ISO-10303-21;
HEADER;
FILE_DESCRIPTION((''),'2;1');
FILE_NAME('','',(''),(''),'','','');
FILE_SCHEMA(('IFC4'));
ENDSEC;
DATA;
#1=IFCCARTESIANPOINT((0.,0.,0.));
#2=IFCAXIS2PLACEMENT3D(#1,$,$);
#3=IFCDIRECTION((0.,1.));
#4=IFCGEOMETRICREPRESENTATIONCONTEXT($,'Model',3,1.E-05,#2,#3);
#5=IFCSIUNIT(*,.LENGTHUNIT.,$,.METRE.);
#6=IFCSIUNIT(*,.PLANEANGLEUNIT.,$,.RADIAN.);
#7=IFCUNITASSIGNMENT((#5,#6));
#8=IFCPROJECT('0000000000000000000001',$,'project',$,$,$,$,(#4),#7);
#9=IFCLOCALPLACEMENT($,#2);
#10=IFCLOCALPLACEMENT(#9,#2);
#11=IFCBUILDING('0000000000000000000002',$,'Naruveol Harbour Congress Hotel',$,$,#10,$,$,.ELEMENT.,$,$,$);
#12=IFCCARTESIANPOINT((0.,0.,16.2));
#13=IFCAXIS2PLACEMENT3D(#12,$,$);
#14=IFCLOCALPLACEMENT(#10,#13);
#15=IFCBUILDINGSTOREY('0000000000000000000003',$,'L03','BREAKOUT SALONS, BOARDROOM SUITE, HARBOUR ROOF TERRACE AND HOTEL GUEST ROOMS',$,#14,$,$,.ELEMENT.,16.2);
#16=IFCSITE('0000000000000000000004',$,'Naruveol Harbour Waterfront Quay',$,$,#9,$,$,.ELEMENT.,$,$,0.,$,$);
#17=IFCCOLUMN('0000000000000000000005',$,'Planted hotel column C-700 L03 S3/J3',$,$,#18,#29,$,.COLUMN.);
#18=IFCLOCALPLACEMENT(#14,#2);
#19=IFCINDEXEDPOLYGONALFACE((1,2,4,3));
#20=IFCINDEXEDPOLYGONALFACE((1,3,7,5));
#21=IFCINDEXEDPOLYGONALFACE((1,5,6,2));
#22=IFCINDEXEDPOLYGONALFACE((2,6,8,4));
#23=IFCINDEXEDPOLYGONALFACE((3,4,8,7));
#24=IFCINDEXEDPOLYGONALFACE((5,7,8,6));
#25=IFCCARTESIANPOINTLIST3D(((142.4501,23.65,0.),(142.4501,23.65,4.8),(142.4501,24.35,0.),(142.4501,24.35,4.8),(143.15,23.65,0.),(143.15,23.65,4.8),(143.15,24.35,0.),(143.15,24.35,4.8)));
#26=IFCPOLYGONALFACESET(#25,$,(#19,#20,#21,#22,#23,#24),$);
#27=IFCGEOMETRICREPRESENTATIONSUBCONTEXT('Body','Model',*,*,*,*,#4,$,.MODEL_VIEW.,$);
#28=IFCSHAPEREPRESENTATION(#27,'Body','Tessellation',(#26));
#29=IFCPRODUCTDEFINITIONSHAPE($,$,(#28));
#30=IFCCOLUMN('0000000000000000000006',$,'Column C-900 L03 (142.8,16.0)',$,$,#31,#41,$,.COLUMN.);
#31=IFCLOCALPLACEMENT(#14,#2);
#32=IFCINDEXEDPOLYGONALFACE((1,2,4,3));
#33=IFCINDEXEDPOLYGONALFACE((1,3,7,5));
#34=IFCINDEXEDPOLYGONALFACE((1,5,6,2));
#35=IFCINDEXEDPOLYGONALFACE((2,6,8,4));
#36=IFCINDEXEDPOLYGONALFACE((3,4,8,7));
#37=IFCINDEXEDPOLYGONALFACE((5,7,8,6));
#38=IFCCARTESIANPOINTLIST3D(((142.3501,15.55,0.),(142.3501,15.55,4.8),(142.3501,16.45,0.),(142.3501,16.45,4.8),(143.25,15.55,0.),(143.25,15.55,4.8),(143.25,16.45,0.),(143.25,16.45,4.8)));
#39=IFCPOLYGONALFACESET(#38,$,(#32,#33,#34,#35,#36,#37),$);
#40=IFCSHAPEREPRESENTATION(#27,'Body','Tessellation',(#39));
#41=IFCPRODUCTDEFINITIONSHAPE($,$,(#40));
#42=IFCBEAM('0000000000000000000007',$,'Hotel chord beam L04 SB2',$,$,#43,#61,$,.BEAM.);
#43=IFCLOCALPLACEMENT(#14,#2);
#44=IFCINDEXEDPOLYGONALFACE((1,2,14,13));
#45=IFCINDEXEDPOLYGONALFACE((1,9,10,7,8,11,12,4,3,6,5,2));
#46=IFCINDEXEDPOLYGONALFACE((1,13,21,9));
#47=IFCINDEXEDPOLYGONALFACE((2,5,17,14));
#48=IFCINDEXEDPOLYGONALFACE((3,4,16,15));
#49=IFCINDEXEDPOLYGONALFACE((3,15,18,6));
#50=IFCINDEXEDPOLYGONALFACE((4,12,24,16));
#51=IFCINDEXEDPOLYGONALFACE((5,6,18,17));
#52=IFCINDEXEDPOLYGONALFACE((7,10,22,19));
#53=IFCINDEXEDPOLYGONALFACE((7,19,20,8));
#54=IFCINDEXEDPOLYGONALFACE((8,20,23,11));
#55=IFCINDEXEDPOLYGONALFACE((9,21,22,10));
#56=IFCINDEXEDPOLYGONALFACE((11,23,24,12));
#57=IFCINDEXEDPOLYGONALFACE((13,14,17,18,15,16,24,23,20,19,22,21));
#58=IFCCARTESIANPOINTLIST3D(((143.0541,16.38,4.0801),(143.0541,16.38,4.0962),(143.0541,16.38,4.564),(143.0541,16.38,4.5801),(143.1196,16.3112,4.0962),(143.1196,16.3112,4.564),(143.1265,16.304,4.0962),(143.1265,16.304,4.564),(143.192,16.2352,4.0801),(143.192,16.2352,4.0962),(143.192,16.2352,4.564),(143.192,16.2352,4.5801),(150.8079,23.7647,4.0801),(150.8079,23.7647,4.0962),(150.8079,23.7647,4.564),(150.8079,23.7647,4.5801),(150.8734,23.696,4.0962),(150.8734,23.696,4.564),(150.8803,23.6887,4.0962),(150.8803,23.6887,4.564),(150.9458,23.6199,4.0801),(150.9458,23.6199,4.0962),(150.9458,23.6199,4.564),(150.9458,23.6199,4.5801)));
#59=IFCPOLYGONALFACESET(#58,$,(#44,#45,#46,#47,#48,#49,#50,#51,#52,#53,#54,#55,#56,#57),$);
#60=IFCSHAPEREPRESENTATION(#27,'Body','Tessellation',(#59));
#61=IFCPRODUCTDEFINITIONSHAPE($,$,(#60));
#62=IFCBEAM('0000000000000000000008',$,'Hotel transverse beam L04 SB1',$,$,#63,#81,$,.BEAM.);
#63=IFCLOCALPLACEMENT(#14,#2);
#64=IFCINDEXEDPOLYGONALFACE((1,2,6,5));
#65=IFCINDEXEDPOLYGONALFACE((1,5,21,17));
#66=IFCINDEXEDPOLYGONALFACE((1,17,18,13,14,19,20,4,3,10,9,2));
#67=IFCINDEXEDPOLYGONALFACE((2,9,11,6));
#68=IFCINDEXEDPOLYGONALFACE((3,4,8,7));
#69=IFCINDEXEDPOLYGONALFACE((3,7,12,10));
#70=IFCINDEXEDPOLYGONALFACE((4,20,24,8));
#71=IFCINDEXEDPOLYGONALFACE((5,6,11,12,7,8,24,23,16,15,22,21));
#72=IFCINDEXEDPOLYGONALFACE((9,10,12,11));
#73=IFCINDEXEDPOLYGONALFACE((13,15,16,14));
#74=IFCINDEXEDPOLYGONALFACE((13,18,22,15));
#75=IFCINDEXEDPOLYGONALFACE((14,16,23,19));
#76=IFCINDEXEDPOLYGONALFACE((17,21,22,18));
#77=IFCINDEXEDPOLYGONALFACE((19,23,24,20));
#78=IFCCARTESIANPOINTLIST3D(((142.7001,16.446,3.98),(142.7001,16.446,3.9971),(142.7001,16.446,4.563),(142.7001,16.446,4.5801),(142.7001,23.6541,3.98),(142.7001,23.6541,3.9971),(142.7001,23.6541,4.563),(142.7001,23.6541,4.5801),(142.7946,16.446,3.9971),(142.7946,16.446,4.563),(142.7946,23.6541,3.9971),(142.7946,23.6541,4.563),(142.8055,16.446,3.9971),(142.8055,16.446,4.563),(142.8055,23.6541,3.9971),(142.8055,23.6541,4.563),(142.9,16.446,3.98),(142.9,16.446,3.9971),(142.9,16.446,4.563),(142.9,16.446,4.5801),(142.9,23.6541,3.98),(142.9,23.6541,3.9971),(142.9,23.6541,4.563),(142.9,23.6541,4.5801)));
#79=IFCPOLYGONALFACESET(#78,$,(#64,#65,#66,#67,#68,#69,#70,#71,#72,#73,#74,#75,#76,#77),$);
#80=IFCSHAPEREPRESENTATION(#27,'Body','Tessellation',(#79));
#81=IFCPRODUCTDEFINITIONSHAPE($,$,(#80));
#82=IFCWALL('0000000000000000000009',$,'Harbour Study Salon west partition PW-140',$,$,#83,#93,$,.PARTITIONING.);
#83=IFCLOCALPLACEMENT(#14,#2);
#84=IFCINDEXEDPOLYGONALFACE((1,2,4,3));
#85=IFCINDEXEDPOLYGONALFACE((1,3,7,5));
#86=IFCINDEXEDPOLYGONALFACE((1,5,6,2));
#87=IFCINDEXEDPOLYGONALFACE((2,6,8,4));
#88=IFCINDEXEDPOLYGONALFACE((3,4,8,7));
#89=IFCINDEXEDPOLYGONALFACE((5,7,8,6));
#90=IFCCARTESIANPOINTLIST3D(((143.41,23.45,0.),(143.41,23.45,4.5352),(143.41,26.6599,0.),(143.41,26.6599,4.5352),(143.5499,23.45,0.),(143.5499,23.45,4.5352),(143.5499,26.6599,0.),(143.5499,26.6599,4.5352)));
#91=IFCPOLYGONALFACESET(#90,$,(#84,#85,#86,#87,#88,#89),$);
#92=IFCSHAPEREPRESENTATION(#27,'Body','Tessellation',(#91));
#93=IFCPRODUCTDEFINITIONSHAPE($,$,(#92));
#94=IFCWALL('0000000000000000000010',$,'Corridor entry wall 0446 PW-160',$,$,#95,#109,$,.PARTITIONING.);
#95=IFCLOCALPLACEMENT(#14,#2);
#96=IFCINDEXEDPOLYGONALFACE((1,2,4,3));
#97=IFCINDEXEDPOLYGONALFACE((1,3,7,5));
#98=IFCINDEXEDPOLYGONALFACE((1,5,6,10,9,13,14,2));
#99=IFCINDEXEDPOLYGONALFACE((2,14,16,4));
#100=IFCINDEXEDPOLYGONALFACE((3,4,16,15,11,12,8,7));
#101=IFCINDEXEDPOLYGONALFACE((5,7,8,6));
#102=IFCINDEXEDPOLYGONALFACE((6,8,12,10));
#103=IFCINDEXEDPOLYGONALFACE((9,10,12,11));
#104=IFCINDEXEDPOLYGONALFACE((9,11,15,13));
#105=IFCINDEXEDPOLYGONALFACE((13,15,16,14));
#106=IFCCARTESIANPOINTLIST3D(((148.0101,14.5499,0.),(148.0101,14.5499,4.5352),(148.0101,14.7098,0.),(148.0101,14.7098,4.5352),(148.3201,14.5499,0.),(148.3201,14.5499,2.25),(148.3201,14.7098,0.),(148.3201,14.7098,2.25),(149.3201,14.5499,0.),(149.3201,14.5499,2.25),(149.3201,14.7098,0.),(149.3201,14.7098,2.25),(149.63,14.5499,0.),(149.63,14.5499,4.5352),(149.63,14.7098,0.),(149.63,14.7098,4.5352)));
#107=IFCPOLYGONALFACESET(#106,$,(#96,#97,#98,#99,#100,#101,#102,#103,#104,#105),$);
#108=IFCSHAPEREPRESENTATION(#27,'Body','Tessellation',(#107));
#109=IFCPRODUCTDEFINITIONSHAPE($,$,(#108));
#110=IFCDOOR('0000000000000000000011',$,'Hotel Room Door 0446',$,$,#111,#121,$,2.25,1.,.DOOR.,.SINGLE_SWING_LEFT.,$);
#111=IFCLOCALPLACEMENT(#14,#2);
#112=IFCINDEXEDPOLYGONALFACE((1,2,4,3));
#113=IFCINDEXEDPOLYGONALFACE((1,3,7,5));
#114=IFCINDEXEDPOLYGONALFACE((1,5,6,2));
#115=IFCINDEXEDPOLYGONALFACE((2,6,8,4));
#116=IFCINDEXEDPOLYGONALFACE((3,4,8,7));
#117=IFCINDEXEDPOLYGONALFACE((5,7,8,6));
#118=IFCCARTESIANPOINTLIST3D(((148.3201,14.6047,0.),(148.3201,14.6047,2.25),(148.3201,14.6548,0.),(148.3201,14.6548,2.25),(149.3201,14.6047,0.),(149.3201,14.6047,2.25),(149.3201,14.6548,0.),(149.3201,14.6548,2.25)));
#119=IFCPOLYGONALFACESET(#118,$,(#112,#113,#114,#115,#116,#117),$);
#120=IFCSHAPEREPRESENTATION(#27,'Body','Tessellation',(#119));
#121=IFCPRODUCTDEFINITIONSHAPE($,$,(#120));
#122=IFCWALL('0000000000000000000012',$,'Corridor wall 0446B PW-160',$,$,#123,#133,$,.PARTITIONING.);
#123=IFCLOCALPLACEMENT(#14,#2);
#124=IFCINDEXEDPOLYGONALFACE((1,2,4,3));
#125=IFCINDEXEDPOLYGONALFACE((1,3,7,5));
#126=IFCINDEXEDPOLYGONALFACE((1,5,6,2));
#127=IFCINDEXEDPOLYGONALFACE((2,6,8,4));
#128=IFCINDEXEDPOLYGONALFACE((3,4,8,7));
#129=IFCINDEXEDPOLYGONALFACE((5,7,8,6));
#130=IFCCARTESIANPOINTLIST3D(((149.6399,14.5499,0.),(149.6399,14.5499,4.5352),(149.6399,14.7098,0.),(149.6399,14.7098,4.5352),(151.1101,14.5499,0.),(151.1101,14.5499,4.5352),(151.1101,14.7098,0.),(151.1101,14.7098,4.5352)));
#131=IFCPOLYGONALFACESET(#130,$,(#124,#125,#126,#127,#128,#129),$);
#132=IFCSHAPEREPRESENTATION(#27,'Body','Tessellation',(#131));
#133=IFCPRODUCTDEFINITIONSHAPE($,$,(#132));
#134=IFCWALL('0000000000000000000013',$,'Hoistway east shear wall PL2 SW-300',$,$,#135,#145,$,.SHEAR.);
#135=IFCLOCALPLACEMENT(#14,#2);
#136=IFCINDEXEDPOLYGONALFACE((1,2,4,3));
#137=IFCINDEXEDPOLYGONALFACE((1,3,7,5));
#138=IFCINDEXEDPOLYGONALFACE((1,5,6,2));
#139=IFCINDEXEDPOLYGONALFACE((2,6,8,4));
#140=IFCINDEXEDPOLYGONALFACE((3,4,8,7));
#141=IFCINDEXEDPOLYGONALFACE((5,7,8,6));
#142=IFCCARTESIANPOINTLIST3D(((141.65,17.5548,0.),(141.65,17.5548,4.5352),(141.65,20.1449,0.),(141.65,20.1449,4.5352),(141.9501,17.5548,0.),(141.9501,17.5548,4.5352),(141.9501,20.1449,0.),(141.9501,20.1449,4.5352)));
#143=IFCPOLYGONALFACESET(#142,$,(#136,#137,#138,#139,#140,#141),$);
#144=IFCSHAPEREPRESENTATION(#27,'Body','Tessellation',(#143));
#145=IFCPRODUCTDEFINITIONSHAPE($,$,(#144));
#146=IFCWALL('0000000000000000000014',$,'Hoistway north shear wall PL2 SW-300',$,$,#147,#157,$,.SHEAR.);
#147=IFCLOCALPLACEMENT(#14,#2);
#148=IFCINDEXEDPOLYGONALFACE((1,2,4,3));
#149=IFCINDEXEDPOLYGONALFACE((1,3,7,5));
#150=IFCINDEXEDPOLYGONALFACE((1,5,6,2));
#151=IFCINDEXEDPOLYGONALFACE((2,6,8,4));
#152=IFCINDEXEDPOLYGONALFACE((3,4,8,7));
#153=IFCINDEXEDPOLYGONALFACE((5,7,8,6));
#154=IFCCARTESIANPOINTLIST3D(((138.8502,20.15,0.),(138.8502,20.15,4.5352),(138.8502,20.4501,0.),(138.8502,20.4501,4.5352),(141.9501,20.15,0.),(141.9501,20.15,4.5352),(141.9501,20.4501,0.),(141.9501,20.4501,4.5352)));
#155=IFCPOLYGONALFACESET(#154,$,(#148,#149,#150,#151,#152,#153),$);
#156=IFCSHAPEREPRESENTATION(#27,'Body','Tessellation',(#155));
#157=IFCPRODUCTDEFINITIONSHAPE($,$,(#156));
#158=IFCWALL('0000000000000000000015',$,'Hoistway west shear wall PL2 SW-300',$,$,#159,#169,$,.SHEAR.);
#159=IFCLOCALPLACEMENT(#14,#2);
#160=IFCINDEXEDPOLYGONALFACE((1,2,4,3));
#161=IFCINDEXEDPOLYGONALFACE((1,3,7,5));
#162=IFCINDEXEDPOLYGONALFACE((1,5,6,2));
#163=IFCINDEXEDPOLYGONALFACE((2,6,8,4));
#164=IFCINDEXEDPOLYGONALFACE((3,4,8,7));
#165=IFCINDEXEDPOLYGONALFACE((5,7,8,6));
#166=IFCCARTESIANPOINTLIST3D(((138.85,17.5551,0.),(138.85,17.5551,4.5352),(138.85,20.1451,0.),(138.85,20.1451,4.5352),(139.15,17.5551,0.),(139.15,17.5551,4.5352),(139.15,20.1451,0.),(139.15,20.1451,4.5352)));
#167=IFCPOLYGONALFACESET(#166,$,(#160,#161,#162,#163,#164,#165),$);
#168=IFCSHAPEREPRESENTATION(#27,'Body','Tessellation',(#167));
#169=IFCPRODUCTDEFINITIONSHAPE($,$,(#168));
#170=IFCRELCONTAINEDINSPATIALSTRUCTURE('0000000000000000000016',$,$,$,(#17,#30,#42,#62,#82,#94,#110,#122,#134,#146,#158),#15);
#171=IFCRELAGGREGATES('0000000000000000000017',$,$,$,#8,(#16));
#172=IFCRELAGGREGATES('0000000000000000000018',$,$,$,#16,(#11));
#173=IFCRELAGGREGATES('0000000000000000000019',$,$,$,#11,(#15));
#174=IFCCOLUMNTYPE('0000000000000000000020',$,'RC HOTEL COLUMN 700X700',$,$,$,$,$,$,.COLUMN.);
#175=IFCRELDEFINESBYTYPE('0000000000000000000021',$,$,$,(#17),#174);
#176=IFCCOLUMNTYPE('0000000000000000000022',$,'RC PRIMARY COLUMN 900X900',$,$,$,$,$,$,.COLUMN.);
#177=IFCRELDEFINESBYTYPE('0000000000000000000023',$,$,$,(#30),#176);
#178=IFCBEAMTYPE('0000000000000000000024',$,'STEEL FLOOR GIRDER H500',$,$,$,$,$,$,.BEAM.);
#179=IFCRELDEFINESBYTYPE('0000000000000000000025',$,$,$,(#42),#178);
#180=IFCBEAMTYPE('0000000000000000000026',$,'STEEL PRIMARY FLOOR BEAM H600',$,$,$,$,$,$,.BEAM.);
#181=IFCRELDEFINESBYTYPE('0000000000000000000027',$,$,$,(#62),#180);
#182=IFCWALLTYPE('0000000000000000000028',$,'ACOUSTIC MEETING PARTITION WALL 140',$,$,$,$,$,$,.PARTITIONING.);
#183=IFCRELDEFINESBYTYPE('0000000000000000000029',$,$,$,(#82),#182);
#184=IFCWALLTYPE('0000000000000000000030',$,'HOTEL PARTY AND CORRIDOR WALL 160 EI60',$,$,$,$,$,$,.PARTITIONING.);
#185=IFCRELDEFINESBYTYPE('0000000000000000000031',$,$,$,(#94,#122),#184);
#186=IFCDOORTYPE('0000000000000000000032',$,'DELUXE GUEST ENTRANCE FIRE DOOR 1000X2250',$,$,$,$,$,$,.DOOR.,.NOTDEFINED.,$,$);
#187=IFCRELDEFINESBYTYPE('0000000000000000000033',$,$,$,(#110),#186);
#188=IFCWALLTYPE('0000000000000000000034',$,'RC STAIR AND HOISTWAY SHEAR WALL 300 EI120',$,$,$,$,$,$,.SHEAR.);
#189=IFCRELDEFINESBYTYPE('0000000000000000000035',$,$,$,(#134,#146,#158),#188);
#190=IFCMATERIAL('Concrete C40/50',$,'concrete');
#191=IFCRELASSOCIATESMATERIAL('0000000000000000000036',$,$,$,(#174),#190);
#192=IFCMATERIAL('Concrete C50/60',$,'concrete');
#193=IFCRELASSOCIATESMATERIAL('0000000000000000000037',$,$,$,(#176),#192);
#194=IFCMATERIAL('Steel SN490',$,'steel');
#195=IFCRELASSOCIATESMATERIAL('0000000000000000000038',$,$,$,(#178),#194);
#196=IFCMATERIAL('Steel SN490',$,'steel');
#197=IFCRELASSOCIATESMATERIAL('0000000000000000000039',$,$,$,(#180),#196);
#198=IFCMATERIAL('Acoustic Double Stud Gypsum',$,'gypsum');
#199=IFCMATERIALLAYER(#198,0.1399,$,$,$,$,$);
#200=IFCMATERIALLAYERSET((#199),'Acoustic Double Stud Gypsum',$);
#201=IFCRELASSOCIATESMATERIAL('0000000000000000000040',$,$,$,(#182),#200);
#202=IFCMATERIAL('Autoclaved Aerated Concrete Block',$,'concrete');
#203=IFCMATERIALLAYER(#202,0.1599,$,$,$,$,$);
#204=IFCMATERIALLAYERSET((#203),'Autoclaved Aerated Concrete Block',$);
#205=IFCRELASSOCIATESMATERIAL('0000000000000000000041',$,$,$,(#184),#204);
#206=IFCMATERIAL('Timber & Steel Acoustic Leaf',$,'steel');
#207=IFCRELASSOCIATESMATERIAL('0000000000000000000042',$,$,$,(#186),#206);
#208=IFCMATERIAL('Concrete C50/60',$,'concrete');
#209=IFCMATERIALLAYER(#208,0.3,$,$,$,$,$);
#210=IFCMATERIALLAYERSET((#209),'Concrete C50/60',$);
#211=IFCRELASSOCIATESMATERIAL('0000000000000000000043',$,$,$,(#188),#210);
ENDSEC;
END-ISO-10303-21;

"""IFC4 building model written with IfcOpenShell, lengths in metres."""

from ifc_helpers import new_model, si_unit, direction, frame, frame_2d, origin, origin_2d, place, context, subcontext, project, spatial, rectangle, i_section, extrude, material, layer, layer_set, material_profile, profile_set, type_object, element, fill, save


model = new_model("IFC4")

# Units and contexts
model_context = context("Model", 3, precision=1e-05, world=origin(), true_north=direction((0.0, 1.0)))
body_context = subcontext(model_context, "Body", "Model", "MODEL_VIEW")
ifc_project = project(units=[si_unit("LENGTHUNIT", "METRE"), si_unit("PLANEANGLEUNIT", "RADIAN")], contexts=[model_context])

# Site, building, storey
site_placement = place(None, origin())
site = spatial("IfcSite", under=ifc_project, at=site_placement, Name="Naruveol Harbour Waterfront Quay", CompositionType="ELEMENT", RefElevation=0.0)
building_placement = place(site_placement, origin())
building = spatial("IfcBuilding", under=site, at=building_placement, Name="Naruveol Harbour Congress Hotel", CompositionType="ELEMENT")
storey_placement = place(building_placement, frame((0.0, 0.0, 16.2)))
storey = spatial("IfcBuildingStorey", under=building, at=storey_placement, Name="L03", Description="BREAKOUT SALONS, BOARDROOM SUITE, HARBOUR ROOF TERRACE AND HOTEL GUEST ROOMS", CompositionType="ELEMENT", Elevation=16.2)

# Columns
ifc_material_1 = material(Name="Concrete C40/50", Category="concrete")
ifc_material_profile_1 = material_profile(ifc_material_1, rectangle(XDim=0.7, YDim=0.7, at=origin_2d()), Name="RC-700x700")
ifc_profile_set_1 = profile_set([ifc_material_profile_1], Name="Concrete C40/50")
column_type_1 = type_object("IfcColumnType", Name="RC HOTEL COLUMN 700X700", PredefinedType="COLUMN", material=ifc_profile_set_1)
column_1_placement = place(storey_placement, frame((142.8, 24.0, 0.0), z_axis=(0.0, 0.0, 1.0), x_axis=(1.0, 0.0, 0.0)))
element("IfcColumn", 1, at=column_1_placement, inside=storey, type_object=column_type_1, Name="Planted hotel column C-700 L03 S3/J3", PredefinedType="COLUMN", context=body_context, shape_type="SweptSolid", body=[
    extrude(rectangle(XDim=0.7, YDim=0.7, at=origin_2d()), origin(), (0.0, 0.0, 1.0), 4.8),
])
ifc_material_2 = material(Name="Concrete C50/60", Category="concrete")
ifc_material_profile_2 = material_profile(ifc_material_2, rectangle(XDim=0.8999, YDim=0.8999, at=origin_2d()), Name="RC-900x900")
ifc_profile_set_2 = profile_set([ifc_material_profile_2], Name="Concrete C50/60")
column_type_2 = type_object("IfcColumnType", Name="RC PRIMARY COLUMN 900X900", PredefinedType="COLUMN", material=ifc_profile_set_2)
column_2_placement = place(storey_placement, frame((142.8, 16.0, 0.0), z_axis=(0.0, 0.0, 1.0), x_axis=(1.0, 0.0, 0.0)))
element("IfcColumn", 2, at=column_2_placement, inside=storey, type_object=column_type_2, Name="Column C-900 L03 (142.8,16.0)", PredefinedType="COLUMN", context=body_context, shape_type="SweptSolid", body=[
    extrude(rectangle(XDim=0.8999, YDim=0.8999, at=origin_2d()), origin(), (0.0, 0.0, 1.0), 4.8),
])

# Beams
ifc_material_3 = material(Name="Steel SN490", Category="steel")
ifc_material_profile_3 = material_profile(ifc_material_3, i_section(OverallWidth=0.2, OverallDepth=0.5, WebThickness=0.01, FlangeThickness=0.0161, at=origin_2d()), Name="H-500x200x10x16")
ifc_profile_set_3 = profile_set([ifc_material_profile_3], Name="Steel SN490")
beam_type_1 = type_object("IfcBeamType", Name="STEEL FLOOR GIRDER H500", PredefinedType="BEAM", material=ifc_profile_set_3)
beam_1_placement = place(storey_placement, frame((143.123, 16.3076, 4.3301), z_axis=(0.724134, 0.68966, 0.0), x_axis=(-0.68966, 0.724134, 0.0)))
element("IfcBeam", 3, at=beam_1_placement, inside=storey, type_object=beam_type_1, Name="Hotel chord beam L04 SB2", PredefinedType="BEAM", context=body_context, shape_type="SweptSolid", body=[
    extrude(i_section(OverallWidth=0.2, OverallDepth=0.5, WebThickness=0.01, FlangeThickness=0.0161, at=origin_2d()), origin(), (0.0, 0.0, 1.0), 10.7078),
])
ifc_material_4 = material(Name="Steel SN490", Category="steel")
ifc_material_profile_4 = material_profile(ifc_material_4, i_section(OverallWidth=0.2, OverallDepth=0.6001, WebThickness=0.011, FlangeThickness=0.0171, at=origin_2d()), Name="H-600x200x11x17")
ifc_profile_set_4 = profile_set([ifc_material_profile_4], Name="Steel SN490")
beam_type_2 = type_object("IfcBeamType", Name="STEEL PRIMARY FLOOR BEAM H600", PredefinedType="BEAM", material=ifc_profile_set_4)
beam_2_placement = place(storey_placement, frame((142.8, 16.446, 4.28), z_axis=(0.0, 1.0, 0.0), x_axis=(-1.0, 0.0, 0.0)))
element("IfcBeam", 4, at=beam_2_placement, inside=storey, type_object=beam_type_2, Name="Hotel transverse beam L04 SB1", PredefinedType="BEAM", context=body_context, shape_type="SweptSolid", body=[
    extrude(i_section(OverallWidth=0.2, OverallDepth=0.6001, WebThickness=0.011, FlangeThickness=0.0171, at=origin_2d()), origin(), (0.0, 0.0, 1.0), 7.208),
])

# Shared definitions
ifc_material_5 = material(Name="Acoustic Double Stud Gypsum", Category="gypsum")
ifc_layer_1 = layer(ifc_material_5, 0.1399)
ifc_layer_set_1 = layer_set([ifc_layer_1], Name="Acoustic Double Stud Gypsum")
wall_type_1 = type_object("IfcWallType", Name="ACOUSTIC MEETING PARTITION WALL 140", PredefinedType="PARTITIONING", material=ifc_layer_set_1)

# Wall
wall_1_placement = place(storey_placement, frame((143.48, 23.45, 0.0), z_axis=(0.0, 0.0, 1.0), x_axis=(0.0, 1.0, 0.0)))
element("IfcWall", 5, at=wall_1_placement, inside=storey, type_object=wall_type_1, Name="Harbour Study Salon west partition PW-140", PredefinedType="PARTITIONING", context=body_context, shape_type="SweptSolid", body=[
    extrude(rectangle(XDim=3.21, YDim=0.1399, at=frame_2d((1.605, 0.0))), origin(), (0.0, 0.0, 1.0), 4.5352),
])

# Wall, opening, door
ifc_material_6 = material(Name="Autoclaved Aerated Concrete Block", Category="concrete")
ifc_layer_2 = layer(ifc_material_6, 0.1599)
ifc_layer_set_2 = layer_set([ifc_layer_2], Name="Autoclaved Aerated Concrete Block")
wall_type_2 = type_object("IfcWallType", Name="HOTEL PARTY AND CORRIDOR WALL 160 EI60", PredefinedType="PARTITIONING", material=ifc_layer_set_2)
wall_2_placement = place(storey_placement, frame((148.01, 14.6299, 0.0), z_axis=(0.0, 0.0, 1.0), x_axis=(1.0, 0.0, 0.0)))
wall_2 = element("IfcWall", 6, at=wall_2_placement, inside=storey, type_object=wall_type_2, Name="Corridor entry wall 0446 PW-160", PredefinedType="PARTITIONING", context=body_context, shape_type="SweptSolid", body=[
    extrude(rectangle(XDim=1.6199, YDim=0.1599, at=frame_2d((0.8101, 0.0))), origin(), (0.0, 0.0, 1.0), 4.5352),
])
opening_1_placement = place(wall_2_placement, frame((0.3101, 0.0, 0.0)))
opening_1 = element("IfcOpeningElement", 7, at=opening_1_placement, cuts=wall_2, PredefinedType="OPENING", context=body_context, shape_type="SweptSolid", body=[
    extrude(rectangle(XDim=1.0, YDim=2.25, at=frame_2d((0.5, 1.125))), frame((0.0, 0.0898, 0.0), z_axis=(0.0, -1.0, 0.0), x_axis=(1.0, 0.0, 0.0)), (0.0, 0.0, 1.0), 0.1799),
])
ifc_material_7 = material(Name="Timber & Steel Acoustic Leaf", Category="steel")
door_type_1 = type_object("IfcDoorType", Name="DELUXE GUEST ENTRANCE FIRE DOOR 1000X2250", OperationType="NOTDEFINED", PredefinedType="DOOR", material=ifc_material_7)
door_1_placement = place(opening_1_placement, origin())
door_1 = element("IfcDoor", 8, at=door_1_placement, inside=storey, type_object=door_type_1, Name="Hotel Room Door 0446", OperationType="SINGLE_SWING_LEFT", OverallHeight=2.25, OverallWidth=1.0, PredefinedType="DOOR", context=body_context, shape_type="SweptSolid", body=[
    extrude(rectangle(XDim=1.0, YDim=2.25, at=frame_2d((0.5, 1.125))), frame((0.0, 0.0249, 0.0), z_axis=(0.0, -1.0, 0.0), x_axis=(1.0, 0.0, 0.0)), (0.0, 0.0, 1.0), 0.05),
])
fill(opening_1, door_1)

# Walls
wall_3_placement = place(storey_placement, frame((149.6399, 14.6299, 0.0), z_axis=(0.0, 0.0, 1.0), x_axis=(1.0, 0.0, 0.0)))
element("IfcWall", 9, at=wall_3_placement, inside=storey, type_object=wall_type_2, Name="Corridor wall 0446B PW-160", PredefinedType="PARTITIONING", context=body_context, shape_type="SweptSolid", body=[
    extrude(rectangle(XDim=1.4702, YDim=0.1599, at=frame_2d((0.7351, 0.0))), origin(), (0.0, 0.0, 1.0), 4.5352),
])
ifc_material_8 = material(Name="Concrete C50/60", Category="concrete")
ifc_layer_3 = layer(ifc_material_8, 0.3)
ifc_layer_set_3 = layer_set([ifc_layer_3], Name="Concrete C50/60")
wall_type_3 = type_object("IfcWallType", Name="RC STAIR AND HOISTWAY SHEAR WALL 300 EI120", PredefinedType="SHEAR", material=ifc_layer_set_3)
wall_4_placement = place(storey_placement, frame((141.8, 17.5549, 0.0), z_axis=(0.0, 0.0, 1.0), x_axis=(0.0, 1.0, 0.0)))
element("IfcWall", 10, at=wall_4_placement, inside=storey, type_object=wall_type_3, Name="Hoistway east shear wall PL2 SW-300", PredefinedType="SHEAR", context=body_context, shape_type="SweptSolid", body=[
    extrude(rectangle(XDim=2.5901, YDim=0.3, at=frame_2d((1.2949, 0.0))), origin(), (0.0, 0.0, 1.0), 4.5352),
])
wall_5_placement = place(storey_placement, frame((141.95, 20.3, 0.0), z_axis=(0.0, 0.0, 1.0), x_axis=(-1.0, 0.0, 0.0)))
element("IfcWall", 11, at=wall_5_placement, inside=storey, type_object=wall_type_3, Name="Hoistway north shear wall PL2 SW-300", PredefinedType="SHEAR", context=body_context, shape_type="SweptSolid", body=[
    extrude(rectangle(XDim=3.0999, YDim=0.3, at=frame_2d((1.5498, 0.0))), origin(), (0.0, 0.0, 1.0), 4.5352),
])
wall_6_placement = place(storey_placement, frame((139.0, 20.145, 0.0), z_axis=(0.0, 0.0, 1.0), x_axis=(0.0, -1.0, 0.0)))
element("IfcWall", 12, at=wall_6_placement, inside=storey, type_object=wall_type_3, Name="Hoistway west shear wall PL2 SW-300", PredefinedType="SHEAR", context=body_context, shape_type="SweptSolid", body=[
    extrude(rectangle(XDim=2.5901, YDim=0.3, at=frame_2d((1.2949, 0.0))), origin(), (0.0, 0.0, 1.0), 4.5352),
])

save(model, "model.ifc")
